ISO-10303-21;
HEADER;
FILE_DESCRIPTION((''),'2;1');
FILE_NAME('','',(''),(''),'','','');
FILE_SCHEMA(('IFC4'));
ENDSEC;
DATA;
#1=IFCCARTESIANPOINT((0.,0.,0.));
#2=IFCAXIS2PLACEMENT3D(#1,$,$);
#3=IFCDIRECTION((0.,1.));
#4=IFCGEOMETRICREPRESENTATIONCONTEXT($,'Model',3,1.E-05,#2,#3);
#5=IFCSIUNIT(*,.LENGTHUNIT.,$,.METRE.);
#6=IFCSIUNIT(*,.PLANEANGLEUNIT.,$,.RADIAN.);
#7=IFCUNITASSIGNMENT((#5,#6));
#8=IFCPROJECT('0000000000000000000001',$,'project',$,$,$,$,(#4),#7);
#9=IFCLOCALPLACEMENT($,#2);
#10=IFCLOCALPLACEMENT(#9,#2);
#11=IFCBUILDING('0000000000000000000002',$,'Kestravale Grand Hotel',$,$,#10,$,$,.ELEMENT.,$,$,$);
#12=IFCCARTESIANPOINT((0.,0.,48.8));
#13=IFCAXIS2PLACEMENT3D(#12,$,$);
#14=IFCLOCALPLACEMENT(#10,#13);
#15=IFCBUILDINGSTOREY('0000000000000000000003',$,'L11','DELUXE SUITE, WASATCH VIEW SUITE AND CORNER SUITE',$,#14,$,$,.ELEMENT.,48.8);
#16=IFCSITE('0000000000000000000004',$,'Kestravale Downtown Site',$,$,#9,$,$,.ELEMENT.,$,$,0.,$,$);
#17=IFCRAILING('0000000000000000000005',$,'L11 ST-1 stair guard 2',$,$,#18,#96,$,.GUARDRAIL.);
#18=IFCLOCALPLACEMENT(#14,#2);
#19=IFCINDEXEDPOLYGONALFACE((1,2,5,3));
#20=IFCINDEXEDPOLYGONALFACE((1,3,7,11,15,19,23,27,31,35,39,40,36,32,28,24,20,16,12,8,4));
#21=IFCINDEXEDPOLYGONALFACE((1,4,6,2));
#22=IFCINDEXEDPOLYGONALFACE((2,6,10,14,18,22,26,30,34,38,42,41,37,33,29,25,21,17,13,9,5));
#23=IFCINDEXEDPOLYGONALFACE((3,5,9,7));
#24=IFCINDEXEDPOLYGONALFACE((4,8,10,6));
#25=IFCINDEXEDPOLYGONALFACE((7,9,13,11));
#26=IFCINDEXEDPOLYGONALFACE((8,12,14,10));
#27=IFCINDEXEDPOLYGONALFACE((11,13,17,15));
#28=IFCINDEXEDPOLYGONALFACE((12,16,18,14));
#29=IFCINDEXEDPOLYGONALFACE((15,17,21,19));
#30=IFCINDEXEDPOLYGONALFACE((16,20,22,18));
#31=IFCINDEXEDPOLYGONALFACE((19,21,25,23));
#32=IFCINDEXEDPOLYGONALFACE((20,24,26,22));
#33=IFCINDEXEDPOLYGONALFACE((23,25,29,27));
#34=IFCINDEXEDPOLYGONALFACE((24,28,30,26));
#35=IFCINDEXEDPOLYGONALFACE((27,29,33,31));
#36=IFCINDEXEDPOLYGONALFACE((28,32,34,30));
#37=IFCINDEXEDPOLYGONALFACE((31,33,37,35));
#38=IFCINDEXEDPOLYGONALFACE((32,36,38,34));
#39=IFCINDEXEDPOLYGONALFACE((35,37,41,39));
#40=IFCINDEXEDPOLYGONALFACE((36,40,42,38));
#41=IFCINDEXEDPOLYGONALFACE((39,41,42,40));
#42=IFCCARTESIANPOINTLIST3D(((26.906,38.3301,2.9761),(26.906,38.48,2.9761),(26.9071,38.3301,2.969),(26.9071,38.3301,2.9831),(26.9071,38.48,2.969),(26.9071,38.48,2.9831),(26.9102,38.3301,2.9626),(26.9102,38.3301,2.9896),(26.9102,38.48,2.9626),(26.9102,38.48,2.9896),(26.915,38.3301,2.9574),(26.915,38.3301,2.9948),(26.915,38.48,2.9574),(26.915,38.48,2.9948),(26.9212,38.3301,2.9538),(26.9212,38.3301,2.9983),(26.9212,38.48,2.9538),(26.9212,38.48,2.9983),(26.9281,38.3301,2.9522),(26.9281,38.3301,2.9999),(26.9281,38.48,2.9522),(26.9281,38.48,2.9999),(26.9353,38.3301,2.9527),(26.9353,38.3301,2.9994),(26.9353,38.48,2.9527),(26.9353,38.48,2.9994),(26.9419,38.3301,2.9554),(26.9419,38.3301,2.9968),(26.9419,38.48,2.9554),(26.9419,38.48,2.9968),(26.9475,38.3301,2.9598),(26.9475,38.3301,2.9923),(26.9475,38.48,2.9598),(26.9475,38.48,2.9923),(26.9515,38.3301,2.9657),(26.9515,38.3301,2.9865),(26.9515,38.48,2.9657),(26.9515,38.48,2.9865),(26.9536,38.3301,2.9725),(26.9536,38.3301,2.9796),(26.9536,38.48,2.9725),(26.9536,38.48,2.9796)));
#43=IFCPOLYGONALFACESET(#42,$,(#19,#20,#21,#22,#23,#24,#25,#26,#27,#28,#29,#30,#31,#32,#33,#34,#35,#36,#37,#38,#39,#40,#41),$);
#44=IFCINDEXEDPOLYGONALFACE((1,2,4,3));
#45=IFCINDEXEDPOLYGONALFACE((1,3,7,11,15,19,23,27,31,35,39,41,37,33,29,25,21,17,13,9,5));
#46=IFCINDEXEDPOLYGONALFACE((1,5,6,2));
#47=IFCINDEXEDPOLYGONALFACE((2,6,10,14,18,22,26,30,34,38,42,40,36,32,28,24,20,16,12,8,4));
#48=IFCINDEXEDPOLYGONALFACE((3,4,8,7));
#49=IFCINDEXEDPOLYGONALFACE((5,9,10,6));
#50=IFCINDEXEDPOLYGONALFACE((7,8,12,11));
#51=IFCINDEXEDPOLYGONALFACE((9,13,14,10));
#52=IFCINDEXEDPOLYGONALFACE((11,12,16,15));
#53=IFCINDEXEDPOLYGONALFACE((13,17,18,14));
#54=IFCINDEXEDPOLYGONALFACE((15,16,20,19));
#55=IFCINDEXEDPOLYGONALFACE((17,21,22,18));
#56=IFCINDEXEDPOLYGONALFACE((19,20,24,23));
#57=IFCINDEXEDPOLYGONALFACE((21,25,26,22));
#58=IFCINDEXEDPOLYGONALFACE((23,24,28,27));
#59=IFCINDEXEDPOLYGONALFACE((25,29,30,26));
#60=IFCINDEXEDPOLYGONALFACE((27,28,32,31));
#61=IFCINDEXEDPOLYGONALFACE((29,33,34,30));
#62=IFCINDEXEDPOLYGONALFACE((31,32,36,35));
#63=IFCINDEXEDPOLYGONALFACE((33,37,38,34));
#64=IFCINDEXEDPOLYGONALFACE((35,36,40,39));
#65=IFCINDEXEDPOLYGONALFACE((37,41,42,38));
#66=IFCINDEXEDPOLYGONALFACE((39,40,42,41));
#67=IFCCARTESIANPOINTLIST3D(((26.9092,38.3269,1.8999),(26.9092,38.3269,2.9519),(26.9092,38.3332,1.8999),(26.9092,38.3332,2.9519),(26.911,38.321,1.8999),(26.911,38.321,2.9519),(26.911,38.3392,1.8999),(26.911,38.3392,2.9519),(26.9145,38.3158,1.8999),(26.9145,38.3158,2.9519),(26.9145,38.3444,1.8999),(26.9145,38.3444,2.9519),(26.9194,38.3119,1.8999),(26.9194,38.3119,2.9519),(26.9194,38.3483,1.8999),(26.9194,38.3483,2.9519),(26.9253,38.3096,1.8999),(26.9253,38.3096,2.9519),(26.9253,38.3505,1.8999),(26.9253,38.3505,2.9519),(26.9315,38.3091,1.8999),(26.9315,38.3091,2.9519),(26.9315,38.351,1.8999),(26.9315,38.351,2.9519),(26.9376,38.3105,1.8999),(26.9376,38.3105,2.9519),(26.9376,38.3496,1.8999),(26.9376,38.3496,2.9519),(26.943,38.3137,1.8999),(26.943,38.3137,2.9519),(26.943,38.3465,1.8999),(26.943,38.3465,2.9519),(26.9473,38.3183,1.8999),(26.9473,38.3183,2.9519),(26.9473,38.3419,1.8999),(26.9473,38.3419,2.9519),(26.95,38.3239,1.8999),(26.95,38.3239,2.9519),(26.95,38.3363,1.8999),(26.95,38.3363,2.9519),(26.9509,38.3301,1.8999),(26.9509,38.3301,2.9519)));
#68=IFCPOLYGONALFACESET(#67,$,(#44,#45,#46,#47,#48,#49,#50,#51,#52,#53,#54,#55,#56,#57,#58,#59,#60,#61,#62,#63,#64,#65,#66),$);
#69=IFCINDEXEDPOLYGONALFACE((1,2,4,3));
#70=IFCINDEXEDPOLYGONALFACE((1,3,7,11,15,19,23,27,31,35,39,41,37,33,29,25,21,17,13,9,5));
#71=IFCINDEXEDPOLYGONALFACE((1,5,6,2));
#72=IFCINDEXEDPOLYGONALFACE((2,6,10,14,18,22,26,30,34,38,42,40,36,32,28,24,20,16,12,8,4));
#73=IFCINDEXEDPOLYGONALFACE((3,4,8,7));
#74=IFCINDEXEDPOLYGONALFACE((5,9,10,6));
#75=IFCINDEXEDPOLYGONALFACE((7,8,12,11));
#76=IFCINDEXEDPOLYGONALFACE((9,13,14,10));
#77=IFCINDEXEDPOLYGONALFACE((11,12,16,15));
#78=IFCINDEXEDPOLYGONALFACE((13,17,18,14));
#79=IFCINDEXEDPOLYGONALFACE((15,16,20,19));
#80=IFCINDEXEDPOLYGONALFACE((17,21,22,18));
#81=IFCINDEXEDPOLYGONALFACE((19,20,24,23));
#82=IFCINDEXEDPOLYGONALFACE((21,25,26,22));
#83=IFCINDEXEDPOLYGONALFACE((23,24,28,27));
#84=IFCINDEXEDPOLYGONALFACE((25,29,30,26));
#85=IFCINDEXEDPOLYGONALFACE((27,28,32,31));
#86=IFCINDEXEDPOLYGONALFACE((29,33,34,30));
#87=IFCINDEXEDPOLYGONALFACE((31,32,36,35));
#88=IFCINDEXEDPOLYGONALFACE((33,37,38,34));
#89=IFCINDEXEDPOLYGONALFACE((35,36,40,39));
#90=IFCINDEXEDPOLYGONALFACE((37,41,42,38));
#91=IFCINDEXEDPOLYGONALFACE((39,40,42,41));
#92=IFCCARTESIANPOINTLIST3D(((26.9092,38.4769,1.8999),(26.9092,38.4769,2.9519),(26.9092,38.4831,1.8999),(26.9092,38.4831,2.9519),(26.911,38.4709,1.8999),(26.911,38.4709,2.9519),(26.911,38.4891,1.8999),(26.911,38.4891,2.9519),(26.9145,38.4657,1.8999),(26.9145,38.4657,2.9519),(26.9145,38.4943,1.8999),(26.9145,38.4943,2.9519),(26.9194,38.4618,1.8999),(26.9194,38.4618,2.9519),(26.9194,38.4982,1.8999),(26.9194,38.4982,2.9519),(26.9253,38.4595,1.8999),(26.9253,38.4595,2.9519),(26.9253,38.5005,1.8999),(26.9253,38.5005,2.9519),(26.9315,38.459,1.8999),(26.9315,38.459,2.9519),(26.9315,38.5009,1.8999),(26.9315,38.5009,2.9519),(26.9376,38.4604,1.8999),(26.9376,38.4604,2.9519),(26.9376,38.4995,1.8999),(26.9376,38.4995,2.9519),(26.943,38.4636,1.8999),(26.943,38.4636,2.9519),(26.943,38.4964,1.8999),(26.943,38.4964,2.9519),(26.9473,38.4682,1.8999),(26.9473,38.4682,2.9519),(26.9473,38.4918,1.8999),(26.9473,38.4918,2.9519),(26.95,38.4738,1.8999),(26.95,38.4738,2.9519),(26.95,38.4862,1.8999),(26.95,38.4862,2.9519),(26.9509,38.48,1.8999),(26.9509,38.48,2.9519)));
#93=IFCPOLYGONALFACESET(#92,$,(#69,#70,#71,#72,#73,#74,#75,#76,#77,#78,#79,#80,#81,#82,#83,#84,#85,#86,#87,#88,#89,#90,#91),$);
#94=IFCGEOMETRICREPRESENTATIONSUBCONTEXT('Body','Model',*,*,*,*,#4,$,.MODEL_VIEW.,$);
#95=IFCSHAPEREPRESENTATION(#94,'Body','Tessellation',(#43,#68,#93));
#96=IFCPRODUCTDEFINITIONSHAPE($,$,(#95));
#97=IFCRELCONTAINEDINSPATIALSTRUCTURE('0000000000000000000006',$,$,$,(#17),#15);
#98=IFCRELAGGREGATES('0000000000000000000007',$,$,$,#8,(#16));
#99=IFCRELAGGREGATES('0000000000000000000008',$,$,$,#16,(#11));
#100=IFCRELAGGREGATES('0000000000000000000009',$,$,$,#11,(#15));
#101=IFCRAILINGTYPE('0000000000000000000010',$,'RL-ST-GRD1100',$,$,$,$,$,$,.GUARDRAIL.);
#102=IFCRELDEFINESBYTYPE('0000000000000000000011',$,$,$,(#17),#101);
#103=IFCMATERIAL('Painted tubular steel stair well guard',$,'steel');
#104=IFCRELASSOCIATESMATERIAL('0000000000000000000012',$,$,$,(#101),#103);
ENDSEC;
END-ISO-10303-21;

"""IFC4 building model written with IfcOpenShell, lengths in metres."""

from ifc_helpers import new_model, si_unit, direction, frame, origin, origin_2d, place, context, subcontext, project, spatial, circle, extrude, material, type_object, element, save


model = new_model("IFC4")

# Units and contexts
model_context = context("Model", 3, precision=1e-05, world=origin(), true_north=direction((0.0, 1.0)))
body_context = subcontext(model_context, "Body", "Model", "MODEL_VIEW")
ifc_project = project(units=[si_unit("LENGTHUNIT", "METRE"), si_unit("PLANEANGLEUNIT", "RADIAN")], contexts=[model_context])

# Site, building, storey
site_placement = place(None, origin())
site = spatial("IfcSite", under=ifc_project, at=site_placement, Name="Kestravale Downtown Site", CompositionType="ELEMENT", RefElevation=0.0)
building_placement = place(site_placement, origin())
building = spatial("IfcBuilding", under=site, at=building_placement, Name="Kestravale Grand Hotel", CompositionType="ELEMENT")
storey_placement = place(building_placement, frame((0.0, 0.0, 48.8)))
storey = spatial("IfcBuildingStorey", under=building, at=storey_placement, Name="L11", Description="DELUXE SUITE, WASATCH VIEW SUITE AND CORNER SUITE", CompositionType="ELEMENT", Elevation=48.8)

# Railing
ifc_material_1 = material(Name="Painted tubular steel stair well guard", Category="steel")
railing_type_1 = type_object("IfcRailingType", Name="RL-ST-GRD1100", PredefinedType="GUARDRAIL", material=ifc_material_1)
railing_1_placement = place(storey_placement, frame((26.9299, 38.3301, 1.8999)))
element("IfcRailing", 1, at=railing_1_placement, inside=storey, type_object=railing_type_1, Name="L11 ST-1 stair guard 2", PredefinedType="GUARDRAIL", context=body_context, shape_type="SweptSolid", body=[
    extrude(circle(Radius=0.0239, at=origin_2d()), frame((0.0, 0.0, 1.0762), z_axis=(0.0, 1.0, 0.0), x_axis=(-1.0, 0.0, 0.0)), (0.0, 0.0, 1.0), 0.1499),
    extrude(circle(Radius=0.021, at=origin_2d()), origin(), (0.0, 0.0, 1.0), 1.052),
    extrude(circle(Radius=0.021, at=origin_2d()), frame((0.0, 0.1499, 0.0)), (0.0, 0.0, 1.0), 1.052),
])

save(model, "model.ifc")
